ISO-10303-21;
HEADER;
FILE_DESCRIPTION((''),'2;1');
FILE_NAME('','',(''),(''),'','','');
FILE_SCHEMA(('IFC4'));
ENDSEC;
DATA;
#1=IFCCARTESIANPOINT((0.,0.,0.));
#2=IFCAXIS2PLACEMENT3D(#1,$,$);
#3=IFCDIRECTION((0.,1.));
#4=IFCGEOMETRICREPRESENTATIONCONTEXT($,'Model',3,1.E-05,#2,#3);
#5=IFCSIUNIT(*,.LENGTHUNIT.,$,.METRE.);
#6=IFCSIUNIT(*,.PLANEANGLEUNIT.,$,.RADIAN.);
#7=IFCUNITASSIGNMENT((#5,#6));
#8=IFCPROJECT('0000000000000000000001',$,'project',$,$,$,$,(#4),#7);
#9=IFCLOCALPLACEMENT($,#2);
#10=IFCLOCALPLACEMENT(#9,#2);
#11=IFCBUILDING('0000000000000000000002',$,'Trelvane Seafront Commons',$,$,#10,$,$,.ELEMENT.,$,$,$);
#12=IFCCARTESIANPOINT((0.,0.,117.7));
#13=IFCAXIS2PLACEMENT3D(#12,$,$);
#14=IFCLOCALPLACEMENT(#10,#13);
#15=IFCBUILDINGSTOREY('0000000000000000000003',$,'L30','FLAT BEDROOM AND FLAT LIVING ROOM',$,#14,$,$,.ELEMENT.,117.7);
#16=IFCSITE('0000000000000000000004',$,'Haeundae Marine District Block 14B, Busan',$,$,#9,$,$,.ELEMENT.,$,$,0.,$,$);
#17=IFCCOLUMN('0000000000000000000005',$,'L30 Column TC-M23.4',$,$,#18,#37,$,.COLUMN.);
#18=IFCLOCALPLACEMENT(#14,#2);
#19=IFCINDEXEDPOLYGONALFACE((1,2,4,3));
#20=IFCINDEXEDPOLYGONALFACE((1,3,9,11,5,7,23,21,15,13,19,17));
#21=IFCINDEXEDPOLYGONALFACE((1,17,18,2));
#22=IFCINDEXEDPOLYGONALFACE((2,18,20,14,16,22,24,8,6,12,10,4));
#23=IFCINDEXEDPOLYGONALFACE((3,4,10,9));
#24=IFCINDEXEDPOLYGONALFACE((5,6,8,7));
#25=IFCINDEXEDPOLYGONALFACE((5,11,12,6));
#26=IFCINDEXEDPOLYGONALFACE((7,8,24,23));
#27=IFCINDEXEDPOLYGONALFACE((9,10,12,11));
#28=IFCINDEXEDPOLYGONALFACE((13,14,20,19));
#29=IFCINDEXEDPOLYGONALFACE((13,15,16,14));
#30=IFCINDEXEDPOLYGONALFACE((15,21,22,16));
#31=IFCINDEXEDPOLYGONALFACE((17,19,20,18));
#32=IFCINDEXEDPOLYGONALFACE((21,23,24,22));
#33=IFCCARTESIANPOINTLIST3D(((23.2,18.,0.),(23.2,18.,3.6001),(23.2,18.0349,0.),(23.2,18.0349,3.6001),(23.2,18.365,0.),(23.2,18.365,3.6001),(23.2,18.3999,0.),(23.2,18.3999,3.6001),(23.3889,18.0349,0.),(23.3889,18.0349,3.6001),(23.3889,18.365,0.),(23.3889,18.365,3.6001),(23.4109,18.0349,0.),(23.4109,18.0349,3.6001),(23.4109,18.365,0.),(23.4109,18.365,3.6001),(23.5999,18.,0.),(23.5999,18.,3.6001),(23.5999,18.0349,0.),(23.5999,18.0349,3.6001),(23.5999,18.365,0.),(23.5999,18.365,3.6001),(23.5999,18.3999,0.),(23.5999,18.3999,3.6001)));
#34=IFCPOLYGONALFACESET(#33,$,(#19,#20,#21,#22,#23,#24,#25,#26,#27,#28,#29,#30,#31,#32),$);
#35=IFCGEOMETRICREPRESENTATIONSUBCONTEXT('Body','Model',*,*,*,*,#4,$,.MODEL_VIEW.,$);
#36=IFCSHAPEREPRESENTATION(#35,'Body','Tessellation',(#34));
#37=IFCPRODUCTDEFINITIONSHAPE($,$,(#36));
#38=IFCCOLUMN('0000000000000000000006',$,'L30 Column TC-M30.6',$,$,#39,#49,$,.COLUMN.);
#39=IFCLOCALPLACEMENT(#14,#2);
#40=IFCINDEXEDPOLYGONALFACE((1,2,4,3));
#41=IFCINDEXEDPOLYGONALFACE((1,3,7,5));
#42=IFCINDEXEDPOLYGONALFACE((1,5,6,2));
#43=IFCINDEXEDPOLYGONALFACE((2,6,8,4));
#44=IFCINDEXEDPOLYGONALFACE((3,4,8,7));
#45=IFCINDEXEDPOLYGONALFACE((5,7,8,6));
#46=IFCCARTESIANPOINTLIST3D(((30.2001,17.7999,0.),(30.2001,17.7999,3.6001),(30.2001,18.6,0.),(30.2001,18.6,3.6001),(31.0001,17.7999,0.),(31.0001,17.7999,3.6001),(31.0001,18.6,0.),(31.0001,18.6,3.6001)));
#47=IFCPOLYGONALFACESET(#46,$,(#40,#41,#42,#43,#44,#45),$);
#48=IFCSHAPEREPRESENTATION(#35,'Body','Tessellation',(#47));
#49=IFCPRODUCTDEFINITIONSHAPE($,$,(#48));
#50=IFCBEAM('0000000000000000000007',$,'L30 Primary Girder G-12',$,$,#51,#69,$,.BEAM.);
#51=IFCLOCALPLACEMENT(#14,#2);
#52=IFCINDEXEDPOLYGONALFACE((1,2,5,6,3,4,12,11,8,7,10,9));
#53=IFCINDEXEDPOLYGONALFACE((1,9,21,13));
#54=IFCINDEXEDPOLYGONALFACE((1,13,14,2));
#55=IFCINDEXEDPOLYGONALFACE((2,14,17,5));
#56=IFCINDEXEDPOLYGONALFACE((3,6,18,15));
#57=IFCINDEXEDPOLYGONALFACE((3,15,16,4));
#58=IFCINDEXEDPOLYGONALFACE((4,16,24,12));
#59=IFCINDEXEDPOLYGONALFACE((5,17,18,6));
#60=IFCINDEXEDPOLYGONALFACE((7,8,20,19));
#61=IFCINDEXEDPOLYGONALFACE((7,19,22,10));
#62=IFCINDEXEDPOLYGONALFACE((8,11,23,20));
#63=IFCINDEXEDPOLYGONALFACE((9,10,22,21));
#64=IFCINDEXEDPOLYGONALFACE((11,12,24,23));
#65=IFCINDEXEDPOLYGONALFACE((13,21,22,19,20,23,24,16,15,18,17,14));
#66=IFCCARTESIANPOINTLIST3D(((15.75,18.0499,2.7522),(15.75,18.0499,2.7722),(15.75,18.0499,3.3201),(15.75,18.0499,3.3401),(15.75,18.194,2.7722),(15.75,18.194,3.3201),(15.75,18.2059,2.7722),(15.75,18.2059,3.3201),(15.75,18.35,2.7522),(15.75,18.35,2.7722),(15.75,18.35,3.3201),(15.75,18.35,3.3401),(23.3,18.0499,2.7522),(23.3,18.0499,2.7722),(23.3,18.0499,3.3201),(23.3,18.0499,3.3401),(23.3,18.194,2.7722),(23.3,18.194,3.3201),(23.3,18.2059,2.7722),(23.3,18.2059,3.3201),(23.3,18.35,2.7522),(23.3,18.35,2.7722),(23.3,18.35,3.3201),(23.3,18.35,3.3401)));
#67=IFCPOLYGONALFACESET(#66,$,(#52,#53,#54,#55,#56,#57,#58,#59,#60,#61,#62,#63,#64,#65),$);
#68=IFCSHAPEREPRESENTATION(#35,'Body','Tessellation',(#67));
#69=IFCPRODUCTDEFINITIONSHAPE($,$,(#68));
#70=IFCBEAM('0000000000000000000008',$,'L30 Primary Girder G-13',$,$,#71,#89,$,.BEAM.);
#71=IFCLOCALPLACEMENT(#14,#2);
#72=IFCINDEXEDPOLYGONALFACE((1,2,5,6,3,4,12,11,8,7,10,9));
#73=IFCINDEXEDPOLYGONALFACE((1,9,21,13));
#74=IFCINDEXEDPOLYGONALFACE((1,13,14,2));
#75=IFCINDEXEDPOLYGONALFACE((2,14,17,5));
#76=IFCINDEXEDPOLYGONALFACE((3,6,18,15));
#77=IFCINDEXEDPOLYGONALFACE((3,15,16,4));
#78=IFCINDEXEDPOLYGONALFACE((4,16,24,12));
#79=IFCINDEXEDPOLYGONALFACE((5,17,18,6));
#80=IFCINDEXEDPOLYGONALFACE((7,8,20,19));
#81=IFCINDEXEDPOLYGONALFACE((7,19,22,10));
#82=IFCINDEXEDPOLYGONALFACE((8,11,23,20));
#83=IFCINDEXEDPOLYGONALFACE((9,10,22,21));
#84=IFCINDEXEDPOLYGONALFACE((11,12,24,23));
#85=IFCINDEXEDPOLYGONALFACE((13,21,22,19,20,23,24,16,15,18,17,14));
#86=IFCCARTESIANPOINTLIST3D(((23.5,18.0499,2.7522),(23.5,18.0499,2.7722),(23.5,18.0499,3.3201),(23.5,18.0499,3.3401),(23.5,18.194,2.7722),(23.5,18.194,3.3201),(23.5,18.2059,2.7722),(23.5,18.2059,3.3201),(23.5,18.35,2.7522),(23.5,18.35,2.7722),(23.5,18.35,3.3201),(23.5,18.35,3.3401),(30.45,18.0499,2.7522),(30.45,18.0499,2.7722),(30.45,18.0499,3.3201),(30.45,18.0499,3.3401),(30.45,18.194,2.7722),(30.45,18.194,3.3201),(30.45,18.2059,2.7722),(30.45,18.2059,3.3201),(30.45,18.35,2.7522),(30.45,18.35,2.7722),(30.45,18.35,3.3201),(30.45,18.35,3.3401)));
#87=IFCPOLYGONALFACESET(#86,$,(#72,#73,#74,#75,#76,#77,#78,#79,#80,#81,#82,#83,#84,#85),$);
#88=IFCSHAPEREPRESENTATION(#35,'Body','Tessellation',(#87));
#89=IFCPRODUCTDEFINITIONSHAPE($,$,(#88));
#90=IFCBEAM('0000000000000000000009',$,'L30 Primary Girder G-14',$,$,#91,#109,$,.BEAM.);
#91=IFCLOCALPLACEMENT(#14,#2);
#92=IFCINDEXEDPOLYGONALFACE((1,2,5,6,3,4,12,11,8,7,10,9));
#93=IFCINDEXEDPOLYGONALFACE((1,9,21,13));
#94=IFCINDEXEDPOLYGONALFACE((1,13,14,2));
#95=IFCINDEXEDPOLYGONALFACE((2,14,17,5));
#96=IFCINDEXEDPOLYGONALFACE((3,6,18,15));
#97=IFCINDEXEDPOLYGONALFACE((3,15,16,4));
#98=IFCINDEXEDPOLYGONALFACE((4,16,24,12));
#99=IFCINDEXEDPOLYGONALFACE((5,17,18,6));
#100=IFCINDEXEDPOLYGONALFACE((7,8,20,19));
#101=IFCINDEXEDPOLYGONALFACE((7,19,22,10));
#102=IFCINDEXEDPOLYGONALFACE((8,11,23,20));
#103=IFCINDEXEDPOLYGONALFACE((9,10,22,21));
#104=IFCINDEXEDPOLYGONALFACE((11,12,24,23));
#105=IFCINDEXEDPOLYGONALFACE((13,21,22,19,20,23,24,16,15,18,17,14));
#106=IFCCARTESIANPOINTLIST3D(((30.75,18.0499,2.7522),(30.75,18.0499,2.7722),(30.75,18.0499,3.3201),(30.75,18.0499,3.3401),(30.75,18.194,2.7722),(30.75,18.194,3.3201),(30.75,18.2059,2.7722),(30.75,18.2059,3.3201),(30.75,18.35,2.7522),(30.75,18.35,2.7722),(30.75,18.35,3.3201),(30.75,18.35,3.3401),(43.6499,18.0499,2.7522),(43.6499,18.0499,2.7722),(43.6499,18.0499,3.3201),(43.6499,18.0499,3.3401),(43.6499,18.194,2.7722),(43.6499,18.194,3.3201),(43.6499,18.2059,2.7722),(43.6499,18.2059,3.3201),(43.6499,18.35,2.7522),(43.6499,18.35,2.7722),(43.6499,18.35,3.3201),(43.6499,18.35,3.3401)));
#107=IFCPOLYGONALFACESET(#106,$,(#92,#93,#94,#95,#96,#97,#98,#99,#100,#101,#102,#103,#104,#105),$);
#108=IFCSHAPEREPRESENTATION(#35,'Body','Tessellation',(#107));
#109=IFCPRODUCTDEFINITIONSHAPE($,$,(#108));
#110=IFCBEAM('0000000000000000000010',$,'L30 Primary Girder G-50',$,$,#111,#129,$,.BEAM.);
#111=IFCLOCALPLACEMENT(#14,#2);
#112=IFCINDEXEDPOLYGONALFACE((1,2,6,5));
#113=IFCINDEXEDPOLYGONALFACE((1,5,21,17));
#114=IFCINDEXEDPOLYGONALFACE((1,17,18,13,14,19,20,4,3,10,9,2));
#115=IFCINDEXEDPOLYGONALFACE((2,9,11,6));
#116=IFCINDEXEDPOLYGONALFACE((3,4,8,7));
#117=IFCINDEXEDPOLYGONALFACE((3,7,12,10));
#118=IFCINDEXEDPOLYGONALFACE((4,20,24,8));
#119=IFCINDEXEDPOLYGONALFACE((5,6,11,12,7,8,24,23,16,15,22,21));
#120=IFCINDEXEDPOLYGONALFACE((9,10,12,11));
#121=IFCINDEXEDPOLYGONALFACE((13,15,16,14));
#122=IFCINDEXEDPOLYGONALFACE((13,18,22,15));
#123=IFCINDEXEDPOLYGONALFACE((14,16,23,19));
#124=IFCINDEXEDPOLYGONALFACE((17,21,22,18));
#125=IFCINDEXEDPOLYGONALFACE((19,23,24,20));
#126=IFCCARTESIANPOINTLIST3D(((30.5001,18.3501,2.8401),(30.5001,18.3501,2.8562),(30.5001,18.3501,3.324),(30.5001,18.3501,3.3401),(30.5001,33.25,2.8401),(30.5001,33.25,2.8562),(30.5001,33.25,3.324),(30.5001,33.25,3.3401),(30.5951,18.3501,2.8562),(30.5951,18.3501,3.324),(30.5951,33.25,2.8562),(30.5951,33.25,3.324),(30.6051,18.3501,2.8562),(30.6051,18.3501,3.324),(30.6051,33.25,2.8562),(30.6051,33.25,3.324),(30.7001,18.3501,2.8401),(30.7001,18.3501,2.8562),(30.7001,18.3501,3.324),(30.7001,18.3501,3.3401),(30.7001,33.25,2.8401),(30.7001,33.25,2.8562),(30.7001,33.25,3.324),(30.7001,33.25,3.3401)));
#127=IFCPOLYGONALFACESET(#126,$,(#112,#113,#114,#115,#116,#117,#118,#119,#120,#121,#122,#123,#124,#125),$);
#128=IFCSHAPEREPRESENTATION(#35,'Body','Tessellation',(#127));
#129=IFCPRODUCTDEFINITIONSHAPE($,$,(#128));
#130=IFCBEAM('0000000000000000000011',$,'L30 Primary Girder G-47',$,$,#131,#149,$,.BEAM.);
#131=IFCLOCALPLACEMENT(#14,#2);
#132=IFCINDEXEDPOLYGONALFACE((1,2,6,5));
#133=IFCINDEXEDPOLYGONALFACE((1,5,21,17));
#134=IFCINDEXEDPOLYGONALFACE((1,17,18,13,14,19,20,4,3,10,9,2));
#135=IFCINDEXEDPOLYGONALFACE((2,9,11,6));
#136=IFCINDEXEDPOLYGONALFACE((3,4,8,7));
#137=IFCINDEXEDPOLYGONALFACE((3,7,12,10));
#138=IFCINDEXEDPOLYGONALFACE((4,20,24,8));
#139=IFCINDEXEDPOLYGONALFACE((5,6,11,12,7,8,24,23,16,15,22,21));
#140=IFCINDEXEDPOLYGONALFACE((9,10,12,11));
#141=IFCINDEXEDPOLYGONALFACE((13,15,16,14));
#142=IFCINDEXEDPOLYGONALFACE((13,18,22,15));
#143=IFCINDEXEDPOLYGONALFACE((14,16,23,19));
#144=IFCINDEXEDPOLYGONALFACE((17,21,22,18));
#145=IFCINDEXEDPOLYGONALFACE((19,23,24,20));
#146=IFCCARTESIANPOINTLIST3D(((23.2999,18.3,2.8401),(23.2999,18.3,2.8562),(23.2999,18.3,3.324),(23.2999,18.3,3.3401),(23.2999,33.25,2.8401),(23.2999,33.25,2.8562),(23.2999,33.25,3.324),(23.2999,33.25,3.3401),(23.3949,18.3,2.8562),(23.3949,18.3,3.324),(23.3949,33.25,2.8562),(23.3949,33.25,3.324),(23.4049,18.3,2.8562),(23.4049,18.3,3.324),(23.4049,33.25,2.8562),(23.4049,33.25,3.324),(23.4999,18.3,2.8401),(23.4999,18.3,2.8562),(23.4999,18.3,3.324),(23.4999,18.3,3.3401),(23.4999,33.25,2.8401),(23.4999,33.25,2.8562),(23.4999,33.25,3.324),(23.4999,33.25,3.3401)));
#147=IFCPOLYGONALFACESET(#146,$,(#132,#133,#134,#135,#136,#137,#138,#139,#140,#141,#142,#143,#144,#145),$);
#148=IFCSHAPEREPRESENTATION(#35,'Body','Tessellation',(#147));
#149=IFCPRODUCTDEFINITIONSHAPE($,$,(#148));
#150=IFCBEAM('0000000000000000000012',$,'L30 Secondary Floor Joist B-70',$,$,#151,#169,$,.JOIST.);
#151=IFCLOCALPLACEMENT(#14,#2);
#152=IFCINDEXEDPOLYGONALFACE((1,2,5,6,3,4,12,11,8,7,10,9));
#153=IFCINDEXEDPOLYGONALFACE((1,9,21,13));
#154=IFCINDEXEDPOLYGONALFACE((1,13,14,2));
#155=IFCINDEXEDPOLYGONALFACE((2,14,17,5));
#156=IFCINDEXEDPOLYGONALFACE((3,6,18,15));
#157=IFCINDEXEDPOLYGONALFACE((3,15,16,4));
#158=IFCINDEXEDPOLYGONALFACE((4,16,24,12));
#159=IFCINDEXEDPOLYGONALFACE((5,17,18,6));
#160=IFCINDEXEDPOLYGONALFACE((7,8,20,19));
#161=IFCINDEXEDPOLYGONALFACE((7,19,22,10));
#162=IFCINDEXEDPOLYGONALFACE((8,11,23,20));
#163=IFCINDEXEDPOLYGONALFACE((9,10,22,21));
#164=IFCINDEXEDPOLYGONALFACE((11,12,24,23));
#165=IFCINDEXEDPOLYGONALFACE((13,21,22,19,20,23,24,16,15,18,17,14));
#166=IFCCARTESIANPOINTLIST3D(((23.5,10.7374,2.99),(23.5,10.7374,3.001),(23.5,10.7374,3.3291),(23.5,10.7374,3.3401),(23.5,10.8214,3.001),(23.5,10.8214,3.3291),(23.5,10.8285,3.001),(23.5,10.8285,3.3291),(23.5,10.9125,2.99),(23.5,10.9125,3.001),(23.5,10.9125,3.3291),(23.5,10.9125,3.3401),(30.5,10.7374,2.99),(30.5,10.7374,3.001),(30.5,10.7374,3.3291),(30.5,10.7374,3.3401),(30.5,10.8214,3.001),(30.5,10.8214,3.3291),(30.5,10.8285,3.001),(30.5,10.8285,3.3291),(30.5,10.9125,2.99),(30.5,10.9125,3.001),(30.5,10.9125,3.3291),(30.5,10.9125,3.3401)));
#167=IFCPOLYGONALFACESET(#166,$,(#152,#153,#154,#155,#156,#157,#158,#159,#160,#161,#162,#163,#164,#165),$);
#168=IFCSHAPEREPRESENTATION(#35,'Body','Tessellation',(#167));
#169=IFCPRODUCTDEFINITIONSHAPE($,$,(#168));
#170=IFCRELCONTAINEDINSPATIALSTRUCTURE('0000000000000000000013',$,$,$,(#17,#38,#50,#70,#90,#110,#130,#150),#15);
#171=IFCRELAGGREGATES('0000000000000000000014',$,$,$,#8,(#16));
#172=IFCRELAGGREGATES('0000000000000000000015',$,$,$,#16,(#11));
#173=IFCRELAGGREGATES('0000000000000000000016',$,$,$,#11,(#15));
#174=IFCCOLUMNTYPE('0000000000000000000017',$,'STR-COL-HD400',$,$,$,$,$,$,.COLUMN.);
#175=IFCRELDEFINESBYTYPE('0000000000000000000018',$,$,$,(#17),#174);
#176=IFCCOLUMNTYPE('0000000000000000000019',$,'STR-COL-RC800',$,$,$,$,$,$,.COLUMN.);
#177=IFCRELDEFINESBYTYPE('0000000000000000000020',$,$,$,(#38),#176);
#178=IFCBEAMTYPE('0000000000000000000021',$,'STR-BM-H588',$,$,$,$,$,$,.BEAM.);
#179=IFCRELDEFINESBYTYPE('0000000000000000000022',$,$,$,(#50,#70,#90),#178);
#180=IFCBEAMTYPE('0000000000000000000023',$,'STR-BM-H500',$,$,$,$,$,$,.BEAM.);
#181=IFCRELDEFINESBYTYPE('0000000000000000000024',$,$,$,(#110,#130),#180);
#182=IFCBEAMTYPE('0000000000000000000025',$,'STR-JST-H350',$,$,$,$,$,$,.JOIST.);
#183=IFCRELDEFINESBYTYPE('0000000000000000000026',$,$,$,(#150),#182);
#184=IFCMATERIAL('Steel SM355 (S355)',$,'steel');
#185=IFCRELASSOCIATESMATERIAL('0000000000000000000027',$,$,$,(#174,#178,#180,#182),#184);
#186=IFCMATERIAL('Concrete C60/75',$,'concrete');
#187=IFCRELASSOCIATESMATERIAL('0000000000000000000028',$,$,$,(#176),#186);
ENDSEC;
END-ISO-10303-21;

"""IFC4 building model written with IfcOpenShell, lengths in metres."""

from ifc_helpers import new_model, si_unit, direction, frame, origin, origin_2d, place, context, subcontext, project, spatial, rectangle, i_section, extrude, source, transform, mapped, material, material_profile, profile_set, type_object, element, save


model = new_model("IFC4")

# Units and contexts
model_context = context("Model", 3, precision=1e-05, world=origin(), true_north=direction((0.0, 1.0)))
body_context = subcontext(model_context, "Body", "Model", "MODEL_VIEW")
ifc_project = project(units=[si_unit("LENGTHUNIT", "METRE"), si_unit("PLANEANGLEUNIT", "RADIAN")], contexts=[model_context])

# Site, building, storey
site_placement = place(None, origin())
site = spatial("IfcSite", under=ifc_project, at=site_placement, Name="Haeundae Marine District Block 14B, Busan", CompositionType="ELEMENT", RefElevation=0.0)
building_placement = place(site_placement, origin())
building = spatial("IfcBuilding", under=site, at=building_placement, Name="Trelvane Seafront Commons", CompositionType="ELEMENT")
storey_placement = place(building_placement, frame((0.0, 0.0, 117.7)))
storey = spatial("IfcBuildingStorey", under=building, at=storey_placement, Name="L30", Description="FLAT BEDROOM AND FLAT LIVING ROOM", CompositionType="ELEMENT", Elevation=117.7)

# Columns
ifc_material_1 = material(Name="Steel SM355 (S355)", Category="steel")
ifc_material_profile_1 = material_profile(ifc_material_1, i_section(OverallWidth=0.3999, OverallDepth=0.3999, WebThickness=0.022, FlangeThickness=0.0349, at=origin_2d()), Name="HD-400x400x22x35")
ifc_profile_set_1 = profile_set([ifc_material_profile_1], Name="Steel SM355 (S355)")
column_type_1 = type_object("IfcColumnType", Name="STR-COL-HD400", PredefinedType="COLUMN", material=ifc_profile_set_1)
shared_shape_1 = source(origin(), body_context, "Body", "SweptSolid", [
    extrude(i_section(OverallWidth=0.3999, OverallDepth=0.3999, WebThickness=0.022, FlangeThickness=0.0349, at=origin_2d()), origin(), (0.0, 0.0, 1.0), 3.6001),
])
column_1_placement = place(storey_placement, frame((23.3999, 18.2, 0.0), z_axis=(0.0, 0.0, 1.0), x_axis=(1.0, 0.0, 0.0)))
element("IfcColumn", 1, at=column_1_placement, inside=storey, type_object=column_type_1, Name="L30 Column TC-M23.4", PredefinedType="COLUMN", context=body_context, shape_type="MappedRepresentation", body=[
    mapped(shared_shape_1, transform((0.0, 0.0, 0.0), x_axis=(1.0, 0.0, 0.0), y_axis=(0.0, 1.0, 0.0), z_axis=(0.0, 0.0, 1.0), scale=1.0)),
])
ifc_material_2 = material(Name="Concrete C60/75", Category="concrete")
ifc_material_profile_2 = material_profile(ifc_material_2, rectangle(XDim=0.8, YDim=0.8, at=origin_2d()), Name="RC-800x800")
ifc_profile_set_2 = profile_set([ifc_material_profile_2], Name="Concrete C60/75")
column_type_2 = type_object("IfcColumnType", Name="STR-COL-RC800", PredefinedType="COLUMN", material=ifc_profile_set_2)
shared_shape_2 = source(origin(), body_context, "Body", "SweptSolid", [
    extrude(rectangle(XDim=0.8, YDim=0.8, at=origin_2d()), origin(), (0.0, 0.0, 1.0), 3.6001),
])
column_2_placement = place(storey_placement, frame((30.6001, 18.2, 0.0), z_axis=(0.0, 0.0, 1.0), x_axis=(1.0, 0.0, 0.0)))
element("IfcColumn", 2, at=column_2_placement, inside=storey, type_object=column_type_2, Name="L30 Column TC-M30.6", PredefinedType="COLUMN", context=body_context, shape_type="MappedRepresentation", body=[
    mapped(shared_shape_2, transform((0.0, 0.0, 0.0), x_axis=(1.0, 0.0, 0.0), y_axis=(0.0, 1.0, 0.0), z_axis=(0.0, 0.0, 1.0), scale=1.0)),
])

# Beams
ifc_material_profile_3 = material_profile(ifc_material_1, i_section(OverallWidth=0.3, OverallDepth=0.5879, WebThickness=0.012, FlangeThickness=0.02, at=origin_2d()), Name="H-588x300x12x20")
ifc_profile_set_3 = profile_set([ifc_material_profile_3], Name="Steel SM355 (S355)")
beam_type_1 = type_object("IfcBeamType", Name="STR-BM-H588", PredefinedType="BEAM", material=ifc_profile_set_3)
shared_shape_3 = source(origin(), body_context, "Body", "SweptSolid", [
    extrude(i_section(OverallWidth=0.3, OverallDepth=0.5879, WebThickness=0.012, FlangeThickness=0.02, at=origin_2d()), origin(), (0.0, 0.0, 1.0), 7.55),
])
beam_1_placement = place(storey_placement, frame((15.75, 18.2, 3.0461), z_axis=(1.0, 0.0, 0.0), x_axis=(0.0, 1.0, 0.0)))
element("IfcBeam", 3, at=beam_1_placement, inside=storey, type_object=beam_type_1, Name="L30 Primary Girder G-12", PredefinedType="BEAM", context=body_context, shape_type="MappedRepresentation", body=[
    mapped(shared_shape_3, transform((0.0, 0.0, 0.0), x_axis=(1.0, 0.0, 0.0), y_axis=(0.0, 1.0, 0.0), z_axis=(0.0, 0.0, 1.0), scale=1.0)),
])
shared_shape_4 = source(origin(), body_context, "Body", "SweptSolid", [
    extrude(i_section(OverallWidth=0.3, OverallDepth=0.5879, WebThickness=0.012, FlangeThickness=0.02, at=origin_2d()), origin(), (0.0, 0.0, 1.0), 6.95),
])
beam_2_placement = place(storey_placement, frame((23.5, 18.2, 3.0461), z_axis=(1.0, 0.0, 0.0), x_axis=(0.0, 1.0, 0.0)))
element("IfcBeam", 4, at=beam_2_placement, inside=storey, type_object=beam_type_1, Name="L30 Primary Girder G-13", PredefinedType="BEAM", context=body_context, shape_type="MappedRepresentation", body=[
    mapped(shared_shape_4, transform((0.0, 0.0, 0.0), x_axis=(1.0, 0.0, 0.0), y_axis=(0.0, 1.0, 0.0), z_axis=(0.0, 0.0, 1.0), scale=1.0)),
])
shared_shape_5 = source(origin(), body_context, "Body", "SweptSolid", [
    extrude(i_section(OverallWidth=0.3, OverallDepth=0.5879, WebThickness=0.012, FlangeThickness=0.02, at=origin_2d()), origin(), (0.0, 0.0, 1.0), 12.8999),
])
beam_3_placement = place(storey_placement, frame((30.75, 18.2, 3.0461), z_axis=(1.0, 0.0, 0.0), x_axis=(0.0, 1.0, 0.0)))
element("IfcBeam", 5, at=beam_3_placement, inside=storey, type_object=beam_type_1, Name="L30 Primary Girder G-14", PredefinedType="BEAM", context=body_context, shape_type="MappedRepresentation", body=[
    mapped(shared_shape_5, transform((0.0, 0.0, 0.0), x_axis=(1.0, 0.0, 0.0), y_axis=(0.0, 1.0, 0.0), z_axis=(0.0, 0.0, 1.0), scale=1.0)),
])
ifc_material_profile_4 = material_profile(ifc_material_1, i_section(OverallWidth=0.2, OverallDepth=0.5, WebThickness=0.01, FlangeThickness=0.0161, at=origin_2d()), Name="H-500x200x10x16")
ifc_profile_set_4 = profile_set([ifc_material_profile_4], Name="Steel SM355 (S355)")
beam_type_2 = type_object("IfcBeamType", Name="STR-BM-H500", PredefinedType="BEAM", material=ifc_profile_set_4)
shared_shape_6 = source(origin(), body_context, "Body", "SweptSolid", [
    extrude(i_section(OverallWidth=0.2, OverallDepth=0.5, WebThickness=0.01, FlangeThickness=0.0161, at=origin_2d()), origin(), (0.0, 0.0, 1.0), 14.8999),
])
beam_4_placement = place(storey_placement, frame((30.6001, 18.3501, 3.0901), z_axis=(0.0, 1.0, 0.0), x_axis=(-1.0, 0.0, 0.0)))
element("IfcBeam", 6, at=beam_4_placement, inside=storey, type_object=beam_type_2, Name="L30 Primary Girder G-50", PredefinedType="BEAM", context=body_context, shape_type="MappedRepresentation", body=[
    mapped(shared_shape_6, transform((0.0, 0.0, 0.0), x_axis=(1.0, 0.0, 0.0), y_axis=(0.0, 1.0, 0.0), z_axis=(0.0, 0.0, 1.0), scale=1.0)),
])
shared_shape_7 = source(origin(), body_context, "Body", "SweptSolid", [
    extrude(i_section(OverallWidth=0.2, OverallDepth=0.5, WebThickness=0.01, FlangeThickness=0.0161, at=origin_2d()), origin(), (0.0, 0.0, 1.0), 14.95),
])
beam_5_placement = place(storey_placement, frame((23.3999, 18.3, 3.0901), z_axis=(0.0, 1.0, 0.0), x_axis=(-1.0, 0.0, 0.0)))
element("IfcBeam", 7, at=beam_5_placement, inside=storey, type_object=beam_type_2, Name="L30 Primary Girder G-47", PredefinedType="BEAM", context=body_context, shape_type="MappedRepresentation", body=[
    mapped(shared_shape_7, transform((0.0, 0.0, 0.0), x_axis=(1.0, 0.0, 0.0), y_axis=(0.0, 1.0, 0.0), z_axis=(0.0, 0.0, 1.0), scale=1.0)),
])
ifc_material_profile_5 = material_profile(ifc_material_1, i_section(OverallWidth=0.175, OverallDepth=0.3501, WebThickness=0.0071, FlangeThickness=0.011, at=origin_2d()), Name="H-350x175x7x11")
ifc_profile_set_5 = profile_set([ifc_material_profile_5], Name="Steel SM355 (S355)")
beam_type_3 = type_object("IfcBeamType", Name="STR-JST-H350", PredefinedType="JOIST", material=ifc_profile_set_5)
shared_shape_8 = source(origin(), body_context, "Body", "SweptSolid", [
    extrude(i_section(OverallWidth=0.175, OverallDepth=0.3501, WebThickness=0.0071, FlangeThickness=0.011, at=origin_2d()), origin(), (0.0, 0.0, 1.0), 7.0),
])
beam_6_placement = place(storey_placement, frame((23.5, 10.825, 3.165), z_axis=(1.0, 0.0, 0.0), x_axis=(0.0, 1.0, 0.0)))
element("IfcBeam", 8, at=beam_6_placement, inside=storey, type_object=beam_type_3, Name="L30 Secondary Floor Joist B-70", PredefinedType="JOIST", context=body_context, shape_type="MappedRepresentation", body=[
    mapped(shared_shape_8, transform((0.0, 0.0, 0.0), x_axis=(1.0, 0.0, 0.0), y_axis=(0.0, 1.0, 0.0), z_axis=(0.0, 0.0, 1.0), scale=1.0)),
])

save(model, "model.ifc")
